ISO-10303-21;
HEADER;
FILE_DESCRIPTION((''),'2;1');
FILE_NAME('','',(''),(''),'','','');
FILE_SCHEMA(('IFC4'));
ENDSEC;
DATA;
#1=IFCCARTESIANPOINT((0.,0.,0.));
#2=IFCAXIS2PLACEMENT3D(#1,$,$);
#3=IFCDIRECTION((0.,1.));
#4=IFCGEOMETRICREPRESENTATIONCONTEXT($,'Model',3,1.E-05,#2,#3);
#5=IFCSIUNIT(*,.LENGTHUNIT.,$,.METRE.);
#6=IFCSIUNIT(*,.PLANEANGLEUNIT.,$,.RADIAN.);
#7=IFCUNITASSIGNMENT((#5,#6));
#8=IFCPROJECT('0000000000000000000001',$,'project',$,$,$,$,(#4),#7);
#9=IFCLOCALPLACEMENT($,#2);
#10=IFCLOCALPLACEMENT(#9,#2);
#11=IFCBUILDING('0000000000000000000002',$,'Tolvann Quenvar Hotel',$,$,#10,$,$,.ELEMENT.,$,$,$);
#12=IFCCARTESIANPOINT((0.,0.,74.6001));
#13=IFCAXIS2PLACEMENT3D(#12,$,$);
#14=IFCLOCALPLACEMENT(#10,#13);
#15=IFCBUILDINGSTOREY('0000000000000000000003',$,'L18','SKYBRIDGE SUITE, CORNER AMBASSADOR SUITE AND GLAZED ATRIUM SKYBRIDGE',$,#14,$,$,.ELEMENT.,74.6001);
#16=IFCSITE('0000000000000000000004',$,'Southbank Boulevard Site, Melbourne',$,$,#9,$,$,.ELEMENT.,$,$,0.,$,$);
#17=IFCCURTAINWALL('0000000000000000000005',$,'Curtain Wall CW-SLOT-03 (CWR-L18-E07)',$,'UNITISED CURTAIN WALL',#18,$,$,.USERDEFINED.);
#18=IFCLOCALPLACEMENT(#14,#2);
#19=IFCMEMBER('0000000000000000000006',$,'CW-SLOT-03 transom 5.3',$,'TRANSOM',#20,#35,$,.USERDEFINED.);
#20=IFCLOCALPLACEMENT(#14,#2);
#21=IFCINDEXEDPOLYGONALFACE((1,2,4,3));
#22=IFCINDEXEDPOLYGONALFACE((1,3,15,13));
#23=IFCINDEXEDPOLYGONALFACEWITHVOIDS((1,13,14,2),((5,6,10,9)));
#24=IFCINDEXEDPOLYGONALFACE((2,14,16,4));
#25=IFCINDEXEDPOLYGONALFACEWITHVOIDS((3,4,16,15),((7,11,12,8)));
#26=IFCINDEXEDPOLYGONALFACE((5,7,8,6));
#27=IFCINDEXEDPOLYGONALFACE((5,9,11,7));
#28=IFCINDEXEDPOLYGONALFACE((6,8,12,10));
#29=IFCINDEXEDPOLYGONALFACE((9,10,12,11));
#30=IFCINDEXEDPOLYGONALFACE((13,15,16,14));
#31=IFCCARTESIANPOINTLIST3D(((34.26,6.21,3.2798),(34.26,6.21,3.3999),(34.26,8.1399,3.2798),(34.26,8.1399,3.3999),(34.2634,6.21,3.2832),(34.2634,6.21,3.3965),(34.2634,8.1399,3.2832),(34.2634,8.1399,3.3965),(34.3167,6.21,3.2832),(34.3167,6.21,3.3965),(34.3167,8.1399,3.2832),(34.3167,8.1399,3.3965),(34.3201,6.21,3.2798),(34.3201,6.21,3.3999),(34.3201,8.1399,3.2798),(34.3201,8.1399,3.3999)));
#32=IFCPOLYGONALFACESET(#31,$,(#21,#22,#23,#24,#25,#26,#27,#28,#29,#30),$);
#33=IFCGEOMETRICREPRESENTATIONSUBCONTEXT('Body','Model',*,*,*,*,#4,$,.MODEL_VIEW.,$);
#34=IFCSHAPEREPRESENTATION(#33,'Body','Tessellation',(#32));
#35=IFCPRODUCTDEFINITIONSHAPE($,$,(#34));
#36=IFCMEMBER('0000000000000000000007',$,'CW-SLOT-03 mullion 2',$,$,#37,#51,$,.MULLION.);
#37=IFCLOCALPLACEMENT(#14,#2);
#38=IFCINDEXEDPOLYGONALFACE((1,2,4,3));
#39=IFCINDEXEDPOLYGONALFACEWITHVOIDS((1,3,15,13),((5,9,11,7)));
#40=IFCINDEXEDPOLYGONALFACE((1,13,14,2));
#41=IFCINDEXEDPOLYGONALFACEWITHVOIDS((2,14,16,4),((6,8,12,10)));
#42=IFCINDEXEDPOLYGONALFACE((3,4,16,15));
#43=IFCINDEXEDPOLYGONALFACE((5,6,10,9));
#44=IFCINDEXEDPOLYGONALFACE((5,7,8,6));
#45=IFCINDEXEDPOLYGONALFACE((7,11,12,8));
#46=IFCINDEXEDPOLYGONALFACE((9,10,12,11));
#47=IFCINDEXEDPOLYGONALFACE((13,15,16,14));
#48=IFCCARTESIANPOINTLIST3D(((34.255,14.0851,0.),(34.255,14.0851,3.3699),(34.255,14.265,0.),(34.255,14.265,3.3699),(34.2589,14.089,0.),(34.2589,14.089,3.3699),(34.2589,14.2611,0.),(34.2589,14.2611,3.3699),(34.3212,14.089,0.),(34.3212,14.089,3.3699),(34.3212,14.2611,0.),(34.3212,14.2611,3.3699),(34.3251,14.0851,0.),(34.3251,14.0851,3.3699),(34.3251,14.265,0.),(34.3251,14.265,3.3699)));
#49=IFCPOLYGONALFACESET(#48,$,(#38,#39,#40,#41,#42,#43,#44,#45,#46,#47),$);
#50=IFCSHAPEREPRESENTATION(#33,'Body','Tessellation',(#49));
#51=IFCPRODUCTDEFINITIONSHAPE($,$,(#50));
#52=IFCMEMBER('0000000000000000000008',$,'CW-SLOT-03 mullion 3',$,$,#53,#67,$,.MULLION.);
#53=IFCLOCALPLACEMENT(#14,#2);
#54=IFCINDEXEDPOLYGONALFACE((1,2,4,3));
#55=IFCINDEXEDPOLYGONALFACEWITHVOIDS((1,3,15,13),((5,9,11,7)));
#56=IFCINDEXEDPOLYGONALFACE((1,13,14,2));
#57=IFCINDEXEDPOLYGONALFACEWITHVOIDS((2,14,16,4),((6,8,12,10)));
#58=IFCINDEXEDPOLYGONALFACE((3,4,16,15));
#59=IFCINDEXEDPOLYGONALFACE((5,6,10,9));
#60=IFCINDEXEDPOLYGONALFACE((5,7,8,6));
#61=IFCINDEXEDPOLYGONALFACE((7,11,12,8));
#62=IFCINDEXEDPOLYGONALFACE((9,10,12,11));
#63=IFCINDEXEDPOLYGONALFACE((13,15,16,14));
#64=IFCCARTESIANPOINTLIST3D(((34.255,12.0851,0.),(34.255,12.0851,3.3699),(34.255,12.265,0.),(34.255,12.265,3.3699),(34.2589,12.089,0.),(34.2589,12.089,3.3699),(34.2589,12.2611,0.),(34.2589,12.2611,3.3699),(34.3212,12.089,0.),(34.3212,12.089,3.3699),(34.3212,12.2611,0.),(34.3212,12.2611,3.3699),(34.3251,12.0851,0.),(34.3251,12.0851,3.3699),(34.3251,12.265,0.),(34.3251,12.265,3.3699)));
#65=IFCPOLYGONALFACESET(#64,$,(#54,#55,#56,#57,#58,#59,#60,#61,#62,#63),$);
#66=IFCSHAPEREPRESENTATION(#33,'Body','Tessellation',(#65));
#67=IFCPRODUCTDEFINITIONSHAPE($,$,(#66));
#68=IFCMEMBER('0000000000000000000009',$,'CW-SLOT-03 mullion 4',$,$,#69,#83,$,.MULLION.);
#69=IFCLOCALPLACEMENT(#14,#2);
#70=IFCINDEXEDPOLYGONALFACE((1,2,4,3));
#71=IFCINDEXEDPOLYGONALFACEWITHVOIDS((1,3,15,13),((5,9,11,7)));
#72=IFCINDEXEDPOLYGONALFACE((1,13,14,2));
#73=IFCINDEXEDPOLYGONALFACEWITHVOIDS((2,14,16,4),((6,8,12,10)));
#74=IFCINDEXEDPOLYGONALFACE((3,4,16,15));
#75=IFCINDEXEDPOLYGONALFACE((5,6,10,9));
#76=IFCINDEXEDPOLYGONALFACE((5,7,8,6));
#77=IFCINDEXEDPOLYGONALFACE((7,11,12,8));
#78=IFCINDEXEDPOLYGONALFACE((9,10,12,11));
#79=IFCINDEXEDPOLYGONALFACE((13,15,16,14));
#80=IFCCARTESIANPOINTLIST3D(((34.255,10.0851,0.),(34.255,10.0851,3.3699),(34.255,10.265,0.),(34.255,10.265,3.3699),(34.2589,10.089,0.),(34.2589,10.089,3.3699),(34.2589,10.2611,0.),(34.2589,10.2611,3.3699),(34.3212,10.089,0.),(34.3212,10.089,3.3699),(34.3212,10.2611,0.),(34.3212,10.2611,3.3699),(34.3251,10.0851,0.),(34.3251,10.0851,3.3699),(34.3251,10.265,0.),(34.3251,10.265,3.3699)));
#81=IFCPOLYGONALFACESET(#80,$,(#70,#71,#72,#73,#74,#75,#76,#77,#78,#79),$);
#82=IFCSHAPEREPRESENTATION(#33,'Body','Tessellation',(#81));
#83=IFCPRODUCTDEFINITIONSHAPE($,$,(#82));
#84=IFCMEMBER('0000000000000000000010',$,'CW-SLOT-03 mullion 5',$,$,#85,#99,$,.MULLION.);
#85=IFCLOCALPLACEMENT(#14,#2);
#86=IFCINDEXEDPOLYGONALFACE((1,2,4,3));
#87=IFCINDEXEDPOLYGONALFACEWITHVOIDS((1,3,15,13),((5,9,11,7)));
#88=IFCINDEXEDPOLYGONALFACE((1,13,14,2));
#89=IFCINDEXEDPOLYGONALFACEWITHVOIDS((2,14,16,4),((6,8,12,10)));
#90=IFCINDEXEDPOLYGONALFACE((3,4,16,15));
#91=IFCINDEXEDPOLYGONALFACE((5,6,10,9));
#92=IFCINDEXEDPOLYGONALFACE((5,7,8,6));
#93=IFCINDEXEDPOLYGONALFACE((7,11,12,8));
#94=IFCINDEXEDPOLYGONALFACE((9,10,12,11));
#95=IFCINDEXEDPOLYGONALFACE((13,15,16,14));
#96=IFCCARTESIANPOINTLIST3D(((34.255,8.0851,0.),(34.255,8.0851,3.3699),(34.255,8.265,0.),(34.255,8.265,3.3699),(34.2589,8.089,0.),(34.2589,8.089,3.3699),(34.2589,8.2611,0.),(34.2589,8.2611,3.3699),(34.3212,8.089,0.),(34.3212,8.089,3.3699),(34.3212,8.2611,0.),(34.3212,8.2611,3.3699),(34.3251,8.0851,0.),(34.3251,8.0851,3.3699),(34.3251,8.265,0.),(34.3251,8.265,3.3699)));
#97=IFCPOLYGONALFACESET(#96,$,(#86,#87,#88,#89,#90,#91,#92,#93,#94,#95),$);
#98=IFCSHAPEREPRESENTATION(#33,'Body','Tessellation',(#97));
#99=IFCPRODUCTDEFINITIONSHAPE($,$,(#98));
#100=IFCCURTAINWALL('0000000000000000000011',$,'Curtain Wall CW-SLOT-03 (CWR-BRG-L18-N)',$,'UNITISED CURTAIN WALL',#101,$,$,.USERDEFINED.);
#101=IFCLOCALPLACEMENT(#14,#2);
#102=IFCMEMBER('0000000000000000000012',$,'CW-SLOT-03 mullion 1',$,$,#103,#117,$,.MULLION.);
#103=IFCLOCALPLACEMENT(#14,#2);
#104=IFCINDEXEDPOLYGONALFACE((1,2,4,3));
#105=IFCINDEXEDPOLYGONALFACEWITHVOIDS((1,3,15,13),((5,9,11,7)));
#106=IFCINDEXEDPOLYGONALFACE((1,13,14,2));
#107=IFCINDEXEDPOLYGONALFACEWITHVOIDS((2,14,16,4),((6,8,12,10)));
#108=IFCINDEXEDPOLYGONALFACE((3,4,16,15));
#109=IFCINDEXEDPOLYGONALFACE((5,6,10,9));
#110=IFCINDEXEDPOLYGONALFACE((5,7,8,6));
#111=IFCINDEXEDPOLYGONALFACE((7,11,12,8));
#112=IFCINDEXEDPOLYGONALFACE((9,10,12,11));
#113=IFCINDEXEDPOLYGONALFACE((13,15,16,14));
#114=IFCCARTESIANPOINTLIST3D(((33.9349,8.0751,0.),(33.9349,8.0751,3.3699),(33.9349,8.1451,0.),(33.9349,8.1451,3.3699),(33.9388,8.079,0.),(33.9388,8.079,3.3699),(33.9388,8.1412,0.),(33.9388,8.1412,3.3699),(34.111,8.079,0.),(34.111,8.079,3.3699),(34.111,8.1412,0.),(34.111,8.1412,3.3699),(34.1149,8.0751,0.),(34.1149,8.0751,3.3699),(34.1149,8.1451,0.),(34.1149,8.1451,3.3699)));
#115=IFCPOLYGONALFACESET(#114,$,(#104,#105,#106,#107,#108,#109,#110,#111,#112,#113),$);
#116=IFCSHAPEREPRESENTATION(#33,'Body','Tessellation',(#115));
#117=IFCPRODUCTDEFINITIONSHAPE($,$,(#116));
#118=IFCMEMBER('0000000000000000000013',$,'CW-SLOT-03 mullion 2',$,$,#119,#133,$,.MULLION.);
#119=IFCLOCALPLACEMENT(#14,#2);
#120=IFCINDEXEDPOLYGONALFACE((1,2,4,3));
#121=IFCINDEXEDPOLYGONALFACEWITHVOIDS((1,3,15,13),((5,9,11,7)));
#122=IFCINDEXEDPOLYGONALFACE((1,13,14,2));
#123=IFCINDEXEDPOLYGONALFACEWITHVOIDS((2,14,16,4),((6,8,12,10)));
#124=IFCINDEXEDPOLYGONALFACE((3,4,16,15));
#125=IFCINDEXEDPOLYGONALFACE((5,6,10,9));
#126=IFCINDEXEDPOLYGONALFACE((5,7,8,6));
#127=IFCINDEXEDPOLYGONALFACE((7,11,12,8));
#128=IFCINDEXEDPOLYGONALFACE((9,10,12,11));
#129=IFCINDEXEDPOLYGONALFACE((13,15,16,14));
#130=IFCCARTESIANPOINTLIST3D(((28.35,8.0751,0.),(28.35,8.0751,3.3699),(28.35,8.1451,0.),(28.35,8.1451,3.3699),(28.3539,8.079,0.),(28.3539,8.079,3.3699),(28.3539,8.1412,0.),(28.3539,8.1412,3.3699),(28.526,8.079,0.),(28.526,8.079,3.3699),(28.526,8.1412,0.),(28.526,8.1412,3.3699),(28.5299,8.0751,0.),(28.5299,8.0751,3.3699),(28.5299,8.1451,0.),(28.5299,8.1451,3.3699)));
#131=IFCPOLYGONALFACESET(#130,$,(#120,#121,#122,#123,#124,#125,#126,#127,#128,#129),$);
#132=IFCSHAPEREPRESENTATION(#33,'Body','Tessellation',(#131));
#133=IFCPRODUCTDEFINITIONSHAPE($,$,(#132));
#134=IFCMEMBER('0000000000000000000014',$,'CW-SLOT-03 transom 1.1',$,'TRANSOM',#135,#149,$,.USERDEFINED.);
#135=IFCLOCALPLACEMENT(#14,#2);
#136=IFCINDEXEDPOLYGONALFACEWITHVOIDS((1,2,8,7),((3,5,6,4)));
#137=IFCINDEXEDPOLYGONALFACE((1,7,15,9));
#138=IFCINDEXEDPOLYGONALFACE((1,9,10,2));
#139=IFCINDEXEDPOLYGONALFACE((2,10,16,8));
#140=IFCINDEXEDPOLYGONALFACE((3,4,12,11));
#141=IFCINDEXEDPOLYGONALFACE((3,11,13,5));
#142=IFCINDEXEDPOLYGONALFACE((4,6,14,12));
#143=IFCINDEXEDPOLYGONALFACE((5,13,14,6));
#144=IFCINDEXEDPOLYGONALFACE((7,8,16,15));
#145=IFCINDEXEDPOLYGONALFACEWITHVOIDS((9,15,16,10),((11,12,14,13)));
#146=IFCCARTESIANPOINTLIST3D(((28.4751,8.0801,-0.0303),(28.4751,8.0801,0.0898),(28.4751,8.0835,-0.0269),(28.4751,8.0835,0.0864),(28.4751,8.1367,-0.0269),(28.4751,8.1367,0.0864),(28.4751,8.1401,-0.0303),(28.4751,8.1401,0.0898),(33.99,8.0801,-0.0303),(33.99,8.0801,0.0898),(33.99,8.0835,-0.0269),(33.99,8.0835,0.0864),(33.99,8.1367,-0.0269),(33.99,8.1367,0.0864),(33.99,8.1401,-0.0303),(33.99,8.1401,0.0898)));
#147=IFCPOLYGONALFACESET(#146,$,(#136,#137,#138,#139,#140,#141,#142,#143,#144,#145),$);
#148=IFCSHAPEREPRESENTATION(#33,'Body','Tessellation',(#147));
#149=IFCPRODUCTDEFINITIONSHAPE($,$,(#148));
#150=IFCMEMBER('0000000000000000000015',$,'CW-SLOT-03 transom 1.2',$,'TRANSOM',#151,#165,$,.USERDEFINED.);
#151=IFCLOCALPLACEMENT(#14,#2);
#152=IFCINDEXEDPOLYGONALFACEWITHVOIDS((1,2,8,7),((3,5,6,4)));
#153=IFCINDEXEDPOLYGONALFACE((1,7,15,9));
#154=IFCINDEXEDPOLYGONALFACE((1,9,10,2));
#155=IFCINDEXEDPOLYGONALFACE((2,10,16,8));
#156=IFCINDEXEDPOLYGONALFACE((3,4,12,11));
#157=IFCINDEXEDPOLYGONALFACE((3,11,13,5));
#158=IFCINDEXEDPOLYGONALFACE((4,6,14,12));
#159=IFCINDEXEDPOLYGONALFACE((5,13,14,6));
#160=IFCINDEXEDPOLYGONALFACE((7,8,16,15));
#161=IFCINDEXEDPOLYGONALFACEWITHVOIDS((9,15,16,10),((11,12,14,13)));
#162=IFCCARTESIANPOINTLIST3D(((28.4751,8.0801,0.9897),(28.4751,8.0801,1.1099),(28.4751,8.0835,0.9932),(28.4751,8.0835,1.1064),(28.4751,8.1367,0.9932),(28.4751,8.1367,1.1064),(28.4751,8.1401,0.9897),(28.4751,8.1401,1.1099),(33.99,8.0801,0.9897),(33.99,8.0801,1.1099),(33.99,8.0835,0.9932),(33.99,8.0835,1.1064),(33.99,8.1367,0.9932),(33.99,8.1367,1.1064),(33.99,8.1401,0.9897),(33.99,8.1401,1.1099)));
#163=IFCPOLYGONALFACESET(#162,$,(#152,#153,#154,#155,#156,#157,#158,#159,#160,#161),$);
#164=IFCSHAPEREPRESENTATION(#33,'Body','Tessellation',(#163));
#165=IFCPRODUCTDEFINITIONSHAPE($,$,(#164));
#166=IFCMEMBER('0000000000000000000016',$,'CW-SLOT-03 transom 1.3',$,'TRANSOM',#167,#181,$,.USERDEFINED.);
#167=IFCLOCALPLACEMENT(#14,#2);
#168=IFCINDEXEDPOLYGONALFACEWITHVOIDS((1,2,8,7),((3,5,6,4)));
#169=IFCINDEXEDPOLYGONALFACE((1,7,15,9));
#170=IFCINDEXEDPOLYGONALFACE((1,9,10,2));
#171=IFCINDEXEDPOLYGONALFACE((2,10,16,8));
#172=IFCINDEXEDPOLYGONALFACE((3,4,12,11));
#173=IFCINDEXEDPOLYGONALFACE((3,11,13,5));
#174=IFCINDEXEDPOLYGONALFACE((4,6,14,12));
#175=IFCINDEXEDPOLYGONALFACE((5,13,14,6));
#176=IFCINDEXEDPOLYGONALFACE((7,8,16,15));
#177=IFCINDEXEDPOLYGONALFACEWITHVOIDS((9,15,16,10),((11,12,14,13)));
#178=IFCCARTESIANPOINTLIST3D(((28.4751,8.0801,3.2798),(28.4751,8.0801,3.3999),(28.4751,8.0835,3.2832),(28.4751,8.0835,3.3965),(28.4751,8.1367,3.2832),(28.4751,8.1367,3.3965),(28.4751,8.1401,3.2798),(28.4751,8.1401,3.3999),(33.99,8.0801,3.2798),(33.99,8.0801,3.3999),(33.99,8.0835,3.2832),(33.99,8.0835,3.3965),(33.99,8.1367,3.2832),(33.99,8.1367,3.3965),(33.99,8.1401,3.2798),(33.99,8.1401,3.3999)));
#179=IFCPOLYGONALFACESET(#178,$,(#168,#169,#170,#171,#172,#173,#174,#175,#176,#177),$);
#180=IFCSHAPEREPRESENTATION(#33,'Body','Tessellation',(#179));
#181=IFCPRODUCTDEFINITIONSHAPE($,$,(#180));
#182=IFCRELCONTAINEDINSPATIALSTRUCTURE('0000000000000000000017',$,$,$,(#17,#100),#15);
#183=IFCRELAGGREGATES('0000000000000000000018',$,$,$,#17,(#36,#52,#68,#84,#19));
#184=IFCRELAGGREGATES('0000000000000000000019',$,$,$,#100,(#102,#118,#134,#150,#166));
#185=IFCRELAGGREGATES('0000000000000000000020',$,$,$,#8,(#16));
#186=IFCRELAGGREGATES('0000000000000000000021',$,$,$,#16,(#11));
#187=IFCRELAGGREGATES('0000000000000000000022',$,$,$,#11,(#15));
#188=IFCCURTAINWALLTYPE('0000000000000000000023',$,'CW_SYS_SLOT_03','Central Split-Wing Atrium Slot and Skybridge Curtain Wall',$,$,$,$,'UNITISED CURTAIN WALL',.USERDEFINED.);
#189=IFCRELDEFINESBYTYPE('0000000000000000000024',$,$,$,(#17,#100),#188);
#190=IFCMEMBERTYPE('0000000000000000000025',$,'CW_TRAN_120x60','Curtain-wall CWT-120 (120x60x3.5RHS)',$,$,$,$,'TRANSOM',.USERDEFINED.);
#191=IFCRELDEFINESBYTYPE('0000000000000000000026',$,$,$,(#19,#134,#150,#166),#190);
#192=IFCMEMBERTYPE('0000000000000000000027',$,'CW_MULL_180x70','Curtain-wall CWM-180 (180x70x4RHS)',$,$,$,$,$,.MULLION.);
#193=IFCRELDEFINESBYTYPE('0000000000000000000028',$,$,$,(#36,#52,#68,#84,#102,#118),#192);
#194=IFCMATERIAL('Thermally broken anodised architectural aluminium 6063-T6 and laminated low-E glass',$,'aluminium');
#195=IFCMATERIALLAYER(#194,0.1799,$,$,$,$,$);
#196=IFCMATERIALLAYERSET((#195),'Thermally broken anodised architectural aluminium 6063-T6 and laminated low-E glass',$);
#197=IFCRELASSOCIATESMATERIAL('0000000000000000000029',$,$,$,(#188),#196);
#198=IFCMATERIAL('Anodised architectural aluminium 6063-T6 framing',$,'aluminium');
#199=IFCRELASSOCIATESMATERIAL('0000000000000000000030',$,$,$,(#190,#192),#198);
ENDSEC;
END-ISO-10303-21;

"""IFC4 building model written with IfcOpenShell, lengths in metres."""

from ifc_helpers import new_model, si_unit, direction, frame, origin, origin_2d, place, context, subcontext, project, spatial, hollow_rectangle, extrude, source, transform, mapped, material, layer, layer_set, material_profile, profile_set, type_object, type_shapes, element, aggregate, save


model = new_model("IFC4")

# Units and contexts
model_context = context("Model", 3, precision=1e-05, world=origin(), true_north=direction((0.0, 1.0)))
body_context = subcontext(model_context, "Body", "Model", "MODEL_VIEW")
ifc_project = project(units=[si_unit("LENGTHUNIT", "METRE"), si_unit("PLANEANGLEUNIT", "RADIAN")], contexts=[model_context])

# Site, building, storey
site_placement = place(None, origin())
site = spatial("IfcSite", under=ifc_project, at=site_placement, Name="Southbank Boulevard Site, Melbourne", CompositionType="ELEMENT", RefElevation=0.0)
building_placement = place(site_placement, origin())
building = spatial("IfcBuilding", under=site, at=building_placement, Name="Tolvann Quenvar Hotel", CompositionType="ELEMENT")
storey_placement = place(building_placement, frame((0.0, 0.0, 74.6001)))
storey = spatial("IfcBuildingStorey", under=building, at=storey_placement, Name="L18", Description="SKYBRIDGE SUITE, CORNER AMBASSADOR SUITE AND GLAZED ATRIUM SKYBRIDGE", CompositionType="ELEMENT", Elevation=74.6001)

# Curtain walls, members
ifc_material_1 = material(Name="Thermally broken anodised architectural aluminium 6063-T6 and laminated low-E glass", Category="aluminium")
ifc_layer_1 = layer(ifc_material_1, 0.1799)
ifc_layer_set_1 = layer_set([ifc_layer_1], Name="Thermally broken anodised architectural aluminium 6063-T6 and laminated low-E glass")
curtain_wall_type = type_object("IfcCurtainWallType", Name="CW_SYS_SLOT_03", Description="Central Split-Wing Atrium Slot and Skybridge Curtain Wall", ElementType="UNITISED CURTAIN WALL", PredefinedType="USERDEFINED", material=ifc_layer_set_1)
curtain_wall_1_placement = place(storey_placement, origin())
curtain_wall_1 = element("IfcCurtainWall", 1, at=curtain_wall_1_placement, inside=storey, type_object=curtain_wall_type, Name="Curtain Wall CW-SLOT-03 (CWR-L18-E07)", ObjectType="UNITISED CURTAIN WALL", PredefinedType="USERDEFINED")
ifc_material_2 = material(Name="Anodised architectural aluminium 6063-T6 framing", Category="aluminium")
ifc_material_profile_1 = material_profile(ifc_material_2, hollow_rectangle(XDim=0.0601, YDim=0.1201, WallThickness=0.0034, at=origin_2d()), Name="120x60x3.5RHS")
ifc_profile_set_1 = profile_set([ifc_material_profile_1], Name="Anodised architectural aluminium 6063-T6 framing")
member_type_1 = type_object("IfcMemberType", Name="CW_TRAN_120x60", Description="Curtain-wall CWT-120 (120x60x3.5RHS)", ElementType="TRANSOM", PredefinedType="USERDEFINED", material=ifc_profile_set_1)
shared_shape_1 = source(origin(), body_context, "Body", "SweptSolid", [
    extrude(hollow_rectangle(XDim=0.0601, YDim=0.1201, WallThickness=0.0034, at=origin_2d()), origin(), (0.0, 0.0, 1.0), 1.9299),
])
member_1_placement = place(storey_placement, frame((34.29, 8.1399, 3.3398), z_axis=(0.0, -1.0, 0.0), x_axis=(1.0, 0.0, 0.0)))
member_1 = element("IfcMember", 2, at=member_1_placement, type_object=member_type_1, Name="CW-SLOT-03 transom 5.3", ObjectType="TRANSOM", PredefinedType="USERDEFINED", context=body_context, shape_type="MappedRepresentation", body=[
    mapped(shared_shape_1, transform((0.0, 0.0, 0.0), x_axis=(1.0, 0.0, 0.0), y_axis=(0.0, 1.0, 0.0), z_axis=(0.0, 0.0, 1.0), scale=1.0)),
])
ifc_material_profile_2 = material_profile(ifc_material_2, hollow_rectangle(XDim=0.0701, YDim=0.1799, WallThickness=0.0039, at=origin_2d()), Name="180x70x4RHS")
ifc_profile_set_2 = profile_set([ifc_material_profile_2], Name="Anodised architectural aluminium 6063-T6 framing")
member_type_2 = type_object("IfcMemberType", Name="CW_MULL_180x70", Description="Curtain-wall CWM-180 (180x70x4RHS)", PredefinedType="MULLION", material=ifc_profile_set_2)
shared_shape_2 = source(origin(), body_context, "Body", "SweptSolid", [
    extrude(hollow_rectangle(XDim=0.0701, YDim=0.1799, WallThickness=0.0039, at=origin_2d()), origin(), (0.0, 0.0, 1.0), 3.3699),
])
type_shapes(member_type_2, [shared_shape_2])
member_2_placement = place(storey_placement, frame((34.29, 14.175, 0.0), z_axis=(0.0, 0.0, 1.0), x_axis=(1.0, 0.0, 0.0)))
member_2 = element("IfcMember", 3, at=member_2_placement, type_object=member_type_2, Name="CW-SLOT-03 mullion 2", PredefinedType="MULLION", context=body_context, shape_type="MappedRepresentation", body=[
    mapped(shared_shape_2, transform((0.0, 0.0, 0.0), x_axis=(1.0, 0.0, 0.0), y_axis=(0.0, 1.0, 0.0), z_axis=(0.0, 0.0, 1.0), scale=1.0)),
])
member_3_placement = place(storey_placement, frame((34.29, 12.175, 0.0), z_axis=(0.0, 0.0, 1.0), x_axis=(1.0, 0.0, 0.0)))
member_3 = element("IfcMember", 4, at=member_3_placement, type_object=member_type_2, Name="CW-SLOT-03 mullion 3", PredefinedType="MULLION", context=body_context, shape_type="MappedRepresentation", body=[
    mapped(shared_shape_2, transform((0.0, 0.0, 0.0), x_axis=(1.0, 0.0, 0.0), y_axis=(0.0, 1.0, 0.0), z_axis=(0.0, 0.0, 1.0), scale=1.0)),
])
member_4_placement = place(storey_placement, frame((34.29, 10.175, 0.0), z_axis=(0.0, 0.0, 1.0), x_axis=(1.0, 0.0, 0.0)))
member_4 = element("IfcMember", 5, at=member_4_placement, type_object=member_type_2, Name="CW-SLOT-03 mullion 4", PredefinedType="MULLION", context=body_context, shape_type="MappedRepresentation", body=[
    mapped(shared_shape_2, transform((0.0, 0.0, 0.0), x_axis=(1.0, 0.0, 0.0), y_axis=(0.0, 1.0, 0.0), z_axis=(0.0, 0.0, 1.0), scale=1.0)),
])
member_5_placement = place(storey_placement, frame((34.29, 8.175, 0.0), z_axis=(0.0, 0.0, 1.0), x_axis=(1.0, 0.0, 0.0)))
member_5 = element("IfcMember", 6, at=member_5_placement, type_object=member_type_2, Name="CW-SLOT-03 mullion 5", PredefinedType="MULLION", context=body_context, shape_type="MappedRepresentation", body=[
    mapped(shared_shape_2, transform((0.0, 0.0, 0.0), x_axis=(1.0, 0.0, 0.0), y_axis=(0.0, 1.0, 0.0), z_axis=(0.0, 0.0, 1.0), scale=1.0)),
])
curtain_wall_2_placement = place(storey_placement, origin())
curtain_wall_2 = element("IfcCurtainWall", 7, at=curtain_wall_2_placement, inside=storey, type_object=curtain_wall_type, Name="Curtain Wall CW-SLOT-03 (CWR-BRG-L18-N)", ObjectType="UNITISED CURTAIN WALL", PredefinedType="USERDEFINED")
member_6_placement = place(storey_placement, frame((34.0249, 8.1101, 0.0), z_axis=(0.0, 0.0, 1.0), x_axis=(0.0, -1.0, 0.0)))
member_6 = element("IfcMember", 8, at=member_6_placement, type_object=member_type_2, Name="CW-SLOT-03 mullion 1", PredefinedType="MULLION", context=body_context, shape_type="MappedRepresentation", body=[
    mapped(shared_shape_2, transform((0.0, 0.0, 0.0), x_axis=(1.0, 0.0, 0.0), y_axis=(0.0, 1.0, 0.0), z_axis=(0.0, 0.0, 1.0), scale=1.0)),
])
member_7_placement = place(storey_placement, frame((28.4399, 8.1101, 0.0), z_axis=(0.0, 0.0, 1.0), x_axis=(0.0, -1.0, 0.0)))
member_7 = element("IfcMember", 9, at=member_7_placement, type_object=member_type_2, Name="CW-SLOT-03 mullion 2", PredefinedType="MULLION", context=body_context, shape_type="MappedRepresentation", body=[
    mapped(shared_shape_2, transform((0.0, 0.0, 0.0), x_axis=(1.0, 0.0, 0.0), y_axis=(0.0, 1.0, 0.0), z_axis=(0.0, 0.0, 1.0), scale=1.0)),
])
shared_shape_3 = source(origin(), body_context, "Body", "SweptSolid", [
    extrude(hollow_rectangle(XDim=0.0601, YDim=0.1201, WallThickness=0.0034, at=origin_2d()), origin(), (0.0, 0.0, 1.0), 5.5149),
])
type_shapes(member_type_1, [shared_shape_1, shared_shape_3])
member_8_placement = place(storey_placement, frame((33.99, 8.1101, 0.0298), z_axis=(-1.0, 0.0, 0.0), x_axis=(0.0, -1.0, 0.0)))
member_8 = element("IfcMember", 10, at=member_8_placement, type_object=member_type_1, Name="CW-SLOT-03 transom 1.1", ObjectType="TRANSOM", PredefinedType="USERDEFINED", context=body_context, shape_type="MappedRepresentation", body=[
    mapped(shared_shape_3, transform((0.0, 0.0, 0.0), x_axis=(1.0, 0.0, 0.0), y_axis=(0.0, 1.0, 0.0), z_axis=(0.0, 0.0, 1.0), scale=1.0)),
])
member_9_placement = place(storey_placement, frame((33.99, 8.1101, 1.0498), z_axis=(-1.0, 0.0, 0.0), x_axis=(0.0, -1.0, 0.0)))
member_9 = element("IfcMember", 11, at=member_9_placement, type_object=member_type_1, Name="CW-SLOT-03 transom 1.2", ObjectType="TRANSOM", PredefinedType="USERDEFINED", context=body_context, shape_type="MappedRepresentation", body=[
    mapped(shared_shape_3, transform((0.0, 0.0, 0.0), x_axis=(1.0, 0.0, 0.0), y_axis=(0.0, 1.0, 0.0), z_axis=(0.0, 0.0, 1.0), scale=1.0)),
])
member_10_placement = place(storey_placement, frame((33.99, 8.1101, 3.3398), z_axis=(-1.0, 0.0, 0.0), x_axis=(0.0, -1.0, 0.0)))
member_10 = element("IfcMember", 12, at=member_10_placement, type_object=member_type_1, Name="CW-SLOT-03 transom 1.3", ObjectType="TRANSOM", PredefinedType="USERDEFINED", context=body_context, shape_type="MappedRepresentation", body=[
    mapped(shared_shape_3, transform((0.0, 0.0, 0.0), x_axis=(1.0, 0.0, 0.0), y_axis=(0.0, 1.0, 0.0), z_axis=(0.0, 0.0, 1.0), scale=1.0)),
])

aggregate(curtain_wall_1, [member_2, member_3, member_4, member_5, member_1])
aggregate(curtain_wall_2, [member_6, member_7, member_8, member_9, member_10])

save(model, "model.ifc")
